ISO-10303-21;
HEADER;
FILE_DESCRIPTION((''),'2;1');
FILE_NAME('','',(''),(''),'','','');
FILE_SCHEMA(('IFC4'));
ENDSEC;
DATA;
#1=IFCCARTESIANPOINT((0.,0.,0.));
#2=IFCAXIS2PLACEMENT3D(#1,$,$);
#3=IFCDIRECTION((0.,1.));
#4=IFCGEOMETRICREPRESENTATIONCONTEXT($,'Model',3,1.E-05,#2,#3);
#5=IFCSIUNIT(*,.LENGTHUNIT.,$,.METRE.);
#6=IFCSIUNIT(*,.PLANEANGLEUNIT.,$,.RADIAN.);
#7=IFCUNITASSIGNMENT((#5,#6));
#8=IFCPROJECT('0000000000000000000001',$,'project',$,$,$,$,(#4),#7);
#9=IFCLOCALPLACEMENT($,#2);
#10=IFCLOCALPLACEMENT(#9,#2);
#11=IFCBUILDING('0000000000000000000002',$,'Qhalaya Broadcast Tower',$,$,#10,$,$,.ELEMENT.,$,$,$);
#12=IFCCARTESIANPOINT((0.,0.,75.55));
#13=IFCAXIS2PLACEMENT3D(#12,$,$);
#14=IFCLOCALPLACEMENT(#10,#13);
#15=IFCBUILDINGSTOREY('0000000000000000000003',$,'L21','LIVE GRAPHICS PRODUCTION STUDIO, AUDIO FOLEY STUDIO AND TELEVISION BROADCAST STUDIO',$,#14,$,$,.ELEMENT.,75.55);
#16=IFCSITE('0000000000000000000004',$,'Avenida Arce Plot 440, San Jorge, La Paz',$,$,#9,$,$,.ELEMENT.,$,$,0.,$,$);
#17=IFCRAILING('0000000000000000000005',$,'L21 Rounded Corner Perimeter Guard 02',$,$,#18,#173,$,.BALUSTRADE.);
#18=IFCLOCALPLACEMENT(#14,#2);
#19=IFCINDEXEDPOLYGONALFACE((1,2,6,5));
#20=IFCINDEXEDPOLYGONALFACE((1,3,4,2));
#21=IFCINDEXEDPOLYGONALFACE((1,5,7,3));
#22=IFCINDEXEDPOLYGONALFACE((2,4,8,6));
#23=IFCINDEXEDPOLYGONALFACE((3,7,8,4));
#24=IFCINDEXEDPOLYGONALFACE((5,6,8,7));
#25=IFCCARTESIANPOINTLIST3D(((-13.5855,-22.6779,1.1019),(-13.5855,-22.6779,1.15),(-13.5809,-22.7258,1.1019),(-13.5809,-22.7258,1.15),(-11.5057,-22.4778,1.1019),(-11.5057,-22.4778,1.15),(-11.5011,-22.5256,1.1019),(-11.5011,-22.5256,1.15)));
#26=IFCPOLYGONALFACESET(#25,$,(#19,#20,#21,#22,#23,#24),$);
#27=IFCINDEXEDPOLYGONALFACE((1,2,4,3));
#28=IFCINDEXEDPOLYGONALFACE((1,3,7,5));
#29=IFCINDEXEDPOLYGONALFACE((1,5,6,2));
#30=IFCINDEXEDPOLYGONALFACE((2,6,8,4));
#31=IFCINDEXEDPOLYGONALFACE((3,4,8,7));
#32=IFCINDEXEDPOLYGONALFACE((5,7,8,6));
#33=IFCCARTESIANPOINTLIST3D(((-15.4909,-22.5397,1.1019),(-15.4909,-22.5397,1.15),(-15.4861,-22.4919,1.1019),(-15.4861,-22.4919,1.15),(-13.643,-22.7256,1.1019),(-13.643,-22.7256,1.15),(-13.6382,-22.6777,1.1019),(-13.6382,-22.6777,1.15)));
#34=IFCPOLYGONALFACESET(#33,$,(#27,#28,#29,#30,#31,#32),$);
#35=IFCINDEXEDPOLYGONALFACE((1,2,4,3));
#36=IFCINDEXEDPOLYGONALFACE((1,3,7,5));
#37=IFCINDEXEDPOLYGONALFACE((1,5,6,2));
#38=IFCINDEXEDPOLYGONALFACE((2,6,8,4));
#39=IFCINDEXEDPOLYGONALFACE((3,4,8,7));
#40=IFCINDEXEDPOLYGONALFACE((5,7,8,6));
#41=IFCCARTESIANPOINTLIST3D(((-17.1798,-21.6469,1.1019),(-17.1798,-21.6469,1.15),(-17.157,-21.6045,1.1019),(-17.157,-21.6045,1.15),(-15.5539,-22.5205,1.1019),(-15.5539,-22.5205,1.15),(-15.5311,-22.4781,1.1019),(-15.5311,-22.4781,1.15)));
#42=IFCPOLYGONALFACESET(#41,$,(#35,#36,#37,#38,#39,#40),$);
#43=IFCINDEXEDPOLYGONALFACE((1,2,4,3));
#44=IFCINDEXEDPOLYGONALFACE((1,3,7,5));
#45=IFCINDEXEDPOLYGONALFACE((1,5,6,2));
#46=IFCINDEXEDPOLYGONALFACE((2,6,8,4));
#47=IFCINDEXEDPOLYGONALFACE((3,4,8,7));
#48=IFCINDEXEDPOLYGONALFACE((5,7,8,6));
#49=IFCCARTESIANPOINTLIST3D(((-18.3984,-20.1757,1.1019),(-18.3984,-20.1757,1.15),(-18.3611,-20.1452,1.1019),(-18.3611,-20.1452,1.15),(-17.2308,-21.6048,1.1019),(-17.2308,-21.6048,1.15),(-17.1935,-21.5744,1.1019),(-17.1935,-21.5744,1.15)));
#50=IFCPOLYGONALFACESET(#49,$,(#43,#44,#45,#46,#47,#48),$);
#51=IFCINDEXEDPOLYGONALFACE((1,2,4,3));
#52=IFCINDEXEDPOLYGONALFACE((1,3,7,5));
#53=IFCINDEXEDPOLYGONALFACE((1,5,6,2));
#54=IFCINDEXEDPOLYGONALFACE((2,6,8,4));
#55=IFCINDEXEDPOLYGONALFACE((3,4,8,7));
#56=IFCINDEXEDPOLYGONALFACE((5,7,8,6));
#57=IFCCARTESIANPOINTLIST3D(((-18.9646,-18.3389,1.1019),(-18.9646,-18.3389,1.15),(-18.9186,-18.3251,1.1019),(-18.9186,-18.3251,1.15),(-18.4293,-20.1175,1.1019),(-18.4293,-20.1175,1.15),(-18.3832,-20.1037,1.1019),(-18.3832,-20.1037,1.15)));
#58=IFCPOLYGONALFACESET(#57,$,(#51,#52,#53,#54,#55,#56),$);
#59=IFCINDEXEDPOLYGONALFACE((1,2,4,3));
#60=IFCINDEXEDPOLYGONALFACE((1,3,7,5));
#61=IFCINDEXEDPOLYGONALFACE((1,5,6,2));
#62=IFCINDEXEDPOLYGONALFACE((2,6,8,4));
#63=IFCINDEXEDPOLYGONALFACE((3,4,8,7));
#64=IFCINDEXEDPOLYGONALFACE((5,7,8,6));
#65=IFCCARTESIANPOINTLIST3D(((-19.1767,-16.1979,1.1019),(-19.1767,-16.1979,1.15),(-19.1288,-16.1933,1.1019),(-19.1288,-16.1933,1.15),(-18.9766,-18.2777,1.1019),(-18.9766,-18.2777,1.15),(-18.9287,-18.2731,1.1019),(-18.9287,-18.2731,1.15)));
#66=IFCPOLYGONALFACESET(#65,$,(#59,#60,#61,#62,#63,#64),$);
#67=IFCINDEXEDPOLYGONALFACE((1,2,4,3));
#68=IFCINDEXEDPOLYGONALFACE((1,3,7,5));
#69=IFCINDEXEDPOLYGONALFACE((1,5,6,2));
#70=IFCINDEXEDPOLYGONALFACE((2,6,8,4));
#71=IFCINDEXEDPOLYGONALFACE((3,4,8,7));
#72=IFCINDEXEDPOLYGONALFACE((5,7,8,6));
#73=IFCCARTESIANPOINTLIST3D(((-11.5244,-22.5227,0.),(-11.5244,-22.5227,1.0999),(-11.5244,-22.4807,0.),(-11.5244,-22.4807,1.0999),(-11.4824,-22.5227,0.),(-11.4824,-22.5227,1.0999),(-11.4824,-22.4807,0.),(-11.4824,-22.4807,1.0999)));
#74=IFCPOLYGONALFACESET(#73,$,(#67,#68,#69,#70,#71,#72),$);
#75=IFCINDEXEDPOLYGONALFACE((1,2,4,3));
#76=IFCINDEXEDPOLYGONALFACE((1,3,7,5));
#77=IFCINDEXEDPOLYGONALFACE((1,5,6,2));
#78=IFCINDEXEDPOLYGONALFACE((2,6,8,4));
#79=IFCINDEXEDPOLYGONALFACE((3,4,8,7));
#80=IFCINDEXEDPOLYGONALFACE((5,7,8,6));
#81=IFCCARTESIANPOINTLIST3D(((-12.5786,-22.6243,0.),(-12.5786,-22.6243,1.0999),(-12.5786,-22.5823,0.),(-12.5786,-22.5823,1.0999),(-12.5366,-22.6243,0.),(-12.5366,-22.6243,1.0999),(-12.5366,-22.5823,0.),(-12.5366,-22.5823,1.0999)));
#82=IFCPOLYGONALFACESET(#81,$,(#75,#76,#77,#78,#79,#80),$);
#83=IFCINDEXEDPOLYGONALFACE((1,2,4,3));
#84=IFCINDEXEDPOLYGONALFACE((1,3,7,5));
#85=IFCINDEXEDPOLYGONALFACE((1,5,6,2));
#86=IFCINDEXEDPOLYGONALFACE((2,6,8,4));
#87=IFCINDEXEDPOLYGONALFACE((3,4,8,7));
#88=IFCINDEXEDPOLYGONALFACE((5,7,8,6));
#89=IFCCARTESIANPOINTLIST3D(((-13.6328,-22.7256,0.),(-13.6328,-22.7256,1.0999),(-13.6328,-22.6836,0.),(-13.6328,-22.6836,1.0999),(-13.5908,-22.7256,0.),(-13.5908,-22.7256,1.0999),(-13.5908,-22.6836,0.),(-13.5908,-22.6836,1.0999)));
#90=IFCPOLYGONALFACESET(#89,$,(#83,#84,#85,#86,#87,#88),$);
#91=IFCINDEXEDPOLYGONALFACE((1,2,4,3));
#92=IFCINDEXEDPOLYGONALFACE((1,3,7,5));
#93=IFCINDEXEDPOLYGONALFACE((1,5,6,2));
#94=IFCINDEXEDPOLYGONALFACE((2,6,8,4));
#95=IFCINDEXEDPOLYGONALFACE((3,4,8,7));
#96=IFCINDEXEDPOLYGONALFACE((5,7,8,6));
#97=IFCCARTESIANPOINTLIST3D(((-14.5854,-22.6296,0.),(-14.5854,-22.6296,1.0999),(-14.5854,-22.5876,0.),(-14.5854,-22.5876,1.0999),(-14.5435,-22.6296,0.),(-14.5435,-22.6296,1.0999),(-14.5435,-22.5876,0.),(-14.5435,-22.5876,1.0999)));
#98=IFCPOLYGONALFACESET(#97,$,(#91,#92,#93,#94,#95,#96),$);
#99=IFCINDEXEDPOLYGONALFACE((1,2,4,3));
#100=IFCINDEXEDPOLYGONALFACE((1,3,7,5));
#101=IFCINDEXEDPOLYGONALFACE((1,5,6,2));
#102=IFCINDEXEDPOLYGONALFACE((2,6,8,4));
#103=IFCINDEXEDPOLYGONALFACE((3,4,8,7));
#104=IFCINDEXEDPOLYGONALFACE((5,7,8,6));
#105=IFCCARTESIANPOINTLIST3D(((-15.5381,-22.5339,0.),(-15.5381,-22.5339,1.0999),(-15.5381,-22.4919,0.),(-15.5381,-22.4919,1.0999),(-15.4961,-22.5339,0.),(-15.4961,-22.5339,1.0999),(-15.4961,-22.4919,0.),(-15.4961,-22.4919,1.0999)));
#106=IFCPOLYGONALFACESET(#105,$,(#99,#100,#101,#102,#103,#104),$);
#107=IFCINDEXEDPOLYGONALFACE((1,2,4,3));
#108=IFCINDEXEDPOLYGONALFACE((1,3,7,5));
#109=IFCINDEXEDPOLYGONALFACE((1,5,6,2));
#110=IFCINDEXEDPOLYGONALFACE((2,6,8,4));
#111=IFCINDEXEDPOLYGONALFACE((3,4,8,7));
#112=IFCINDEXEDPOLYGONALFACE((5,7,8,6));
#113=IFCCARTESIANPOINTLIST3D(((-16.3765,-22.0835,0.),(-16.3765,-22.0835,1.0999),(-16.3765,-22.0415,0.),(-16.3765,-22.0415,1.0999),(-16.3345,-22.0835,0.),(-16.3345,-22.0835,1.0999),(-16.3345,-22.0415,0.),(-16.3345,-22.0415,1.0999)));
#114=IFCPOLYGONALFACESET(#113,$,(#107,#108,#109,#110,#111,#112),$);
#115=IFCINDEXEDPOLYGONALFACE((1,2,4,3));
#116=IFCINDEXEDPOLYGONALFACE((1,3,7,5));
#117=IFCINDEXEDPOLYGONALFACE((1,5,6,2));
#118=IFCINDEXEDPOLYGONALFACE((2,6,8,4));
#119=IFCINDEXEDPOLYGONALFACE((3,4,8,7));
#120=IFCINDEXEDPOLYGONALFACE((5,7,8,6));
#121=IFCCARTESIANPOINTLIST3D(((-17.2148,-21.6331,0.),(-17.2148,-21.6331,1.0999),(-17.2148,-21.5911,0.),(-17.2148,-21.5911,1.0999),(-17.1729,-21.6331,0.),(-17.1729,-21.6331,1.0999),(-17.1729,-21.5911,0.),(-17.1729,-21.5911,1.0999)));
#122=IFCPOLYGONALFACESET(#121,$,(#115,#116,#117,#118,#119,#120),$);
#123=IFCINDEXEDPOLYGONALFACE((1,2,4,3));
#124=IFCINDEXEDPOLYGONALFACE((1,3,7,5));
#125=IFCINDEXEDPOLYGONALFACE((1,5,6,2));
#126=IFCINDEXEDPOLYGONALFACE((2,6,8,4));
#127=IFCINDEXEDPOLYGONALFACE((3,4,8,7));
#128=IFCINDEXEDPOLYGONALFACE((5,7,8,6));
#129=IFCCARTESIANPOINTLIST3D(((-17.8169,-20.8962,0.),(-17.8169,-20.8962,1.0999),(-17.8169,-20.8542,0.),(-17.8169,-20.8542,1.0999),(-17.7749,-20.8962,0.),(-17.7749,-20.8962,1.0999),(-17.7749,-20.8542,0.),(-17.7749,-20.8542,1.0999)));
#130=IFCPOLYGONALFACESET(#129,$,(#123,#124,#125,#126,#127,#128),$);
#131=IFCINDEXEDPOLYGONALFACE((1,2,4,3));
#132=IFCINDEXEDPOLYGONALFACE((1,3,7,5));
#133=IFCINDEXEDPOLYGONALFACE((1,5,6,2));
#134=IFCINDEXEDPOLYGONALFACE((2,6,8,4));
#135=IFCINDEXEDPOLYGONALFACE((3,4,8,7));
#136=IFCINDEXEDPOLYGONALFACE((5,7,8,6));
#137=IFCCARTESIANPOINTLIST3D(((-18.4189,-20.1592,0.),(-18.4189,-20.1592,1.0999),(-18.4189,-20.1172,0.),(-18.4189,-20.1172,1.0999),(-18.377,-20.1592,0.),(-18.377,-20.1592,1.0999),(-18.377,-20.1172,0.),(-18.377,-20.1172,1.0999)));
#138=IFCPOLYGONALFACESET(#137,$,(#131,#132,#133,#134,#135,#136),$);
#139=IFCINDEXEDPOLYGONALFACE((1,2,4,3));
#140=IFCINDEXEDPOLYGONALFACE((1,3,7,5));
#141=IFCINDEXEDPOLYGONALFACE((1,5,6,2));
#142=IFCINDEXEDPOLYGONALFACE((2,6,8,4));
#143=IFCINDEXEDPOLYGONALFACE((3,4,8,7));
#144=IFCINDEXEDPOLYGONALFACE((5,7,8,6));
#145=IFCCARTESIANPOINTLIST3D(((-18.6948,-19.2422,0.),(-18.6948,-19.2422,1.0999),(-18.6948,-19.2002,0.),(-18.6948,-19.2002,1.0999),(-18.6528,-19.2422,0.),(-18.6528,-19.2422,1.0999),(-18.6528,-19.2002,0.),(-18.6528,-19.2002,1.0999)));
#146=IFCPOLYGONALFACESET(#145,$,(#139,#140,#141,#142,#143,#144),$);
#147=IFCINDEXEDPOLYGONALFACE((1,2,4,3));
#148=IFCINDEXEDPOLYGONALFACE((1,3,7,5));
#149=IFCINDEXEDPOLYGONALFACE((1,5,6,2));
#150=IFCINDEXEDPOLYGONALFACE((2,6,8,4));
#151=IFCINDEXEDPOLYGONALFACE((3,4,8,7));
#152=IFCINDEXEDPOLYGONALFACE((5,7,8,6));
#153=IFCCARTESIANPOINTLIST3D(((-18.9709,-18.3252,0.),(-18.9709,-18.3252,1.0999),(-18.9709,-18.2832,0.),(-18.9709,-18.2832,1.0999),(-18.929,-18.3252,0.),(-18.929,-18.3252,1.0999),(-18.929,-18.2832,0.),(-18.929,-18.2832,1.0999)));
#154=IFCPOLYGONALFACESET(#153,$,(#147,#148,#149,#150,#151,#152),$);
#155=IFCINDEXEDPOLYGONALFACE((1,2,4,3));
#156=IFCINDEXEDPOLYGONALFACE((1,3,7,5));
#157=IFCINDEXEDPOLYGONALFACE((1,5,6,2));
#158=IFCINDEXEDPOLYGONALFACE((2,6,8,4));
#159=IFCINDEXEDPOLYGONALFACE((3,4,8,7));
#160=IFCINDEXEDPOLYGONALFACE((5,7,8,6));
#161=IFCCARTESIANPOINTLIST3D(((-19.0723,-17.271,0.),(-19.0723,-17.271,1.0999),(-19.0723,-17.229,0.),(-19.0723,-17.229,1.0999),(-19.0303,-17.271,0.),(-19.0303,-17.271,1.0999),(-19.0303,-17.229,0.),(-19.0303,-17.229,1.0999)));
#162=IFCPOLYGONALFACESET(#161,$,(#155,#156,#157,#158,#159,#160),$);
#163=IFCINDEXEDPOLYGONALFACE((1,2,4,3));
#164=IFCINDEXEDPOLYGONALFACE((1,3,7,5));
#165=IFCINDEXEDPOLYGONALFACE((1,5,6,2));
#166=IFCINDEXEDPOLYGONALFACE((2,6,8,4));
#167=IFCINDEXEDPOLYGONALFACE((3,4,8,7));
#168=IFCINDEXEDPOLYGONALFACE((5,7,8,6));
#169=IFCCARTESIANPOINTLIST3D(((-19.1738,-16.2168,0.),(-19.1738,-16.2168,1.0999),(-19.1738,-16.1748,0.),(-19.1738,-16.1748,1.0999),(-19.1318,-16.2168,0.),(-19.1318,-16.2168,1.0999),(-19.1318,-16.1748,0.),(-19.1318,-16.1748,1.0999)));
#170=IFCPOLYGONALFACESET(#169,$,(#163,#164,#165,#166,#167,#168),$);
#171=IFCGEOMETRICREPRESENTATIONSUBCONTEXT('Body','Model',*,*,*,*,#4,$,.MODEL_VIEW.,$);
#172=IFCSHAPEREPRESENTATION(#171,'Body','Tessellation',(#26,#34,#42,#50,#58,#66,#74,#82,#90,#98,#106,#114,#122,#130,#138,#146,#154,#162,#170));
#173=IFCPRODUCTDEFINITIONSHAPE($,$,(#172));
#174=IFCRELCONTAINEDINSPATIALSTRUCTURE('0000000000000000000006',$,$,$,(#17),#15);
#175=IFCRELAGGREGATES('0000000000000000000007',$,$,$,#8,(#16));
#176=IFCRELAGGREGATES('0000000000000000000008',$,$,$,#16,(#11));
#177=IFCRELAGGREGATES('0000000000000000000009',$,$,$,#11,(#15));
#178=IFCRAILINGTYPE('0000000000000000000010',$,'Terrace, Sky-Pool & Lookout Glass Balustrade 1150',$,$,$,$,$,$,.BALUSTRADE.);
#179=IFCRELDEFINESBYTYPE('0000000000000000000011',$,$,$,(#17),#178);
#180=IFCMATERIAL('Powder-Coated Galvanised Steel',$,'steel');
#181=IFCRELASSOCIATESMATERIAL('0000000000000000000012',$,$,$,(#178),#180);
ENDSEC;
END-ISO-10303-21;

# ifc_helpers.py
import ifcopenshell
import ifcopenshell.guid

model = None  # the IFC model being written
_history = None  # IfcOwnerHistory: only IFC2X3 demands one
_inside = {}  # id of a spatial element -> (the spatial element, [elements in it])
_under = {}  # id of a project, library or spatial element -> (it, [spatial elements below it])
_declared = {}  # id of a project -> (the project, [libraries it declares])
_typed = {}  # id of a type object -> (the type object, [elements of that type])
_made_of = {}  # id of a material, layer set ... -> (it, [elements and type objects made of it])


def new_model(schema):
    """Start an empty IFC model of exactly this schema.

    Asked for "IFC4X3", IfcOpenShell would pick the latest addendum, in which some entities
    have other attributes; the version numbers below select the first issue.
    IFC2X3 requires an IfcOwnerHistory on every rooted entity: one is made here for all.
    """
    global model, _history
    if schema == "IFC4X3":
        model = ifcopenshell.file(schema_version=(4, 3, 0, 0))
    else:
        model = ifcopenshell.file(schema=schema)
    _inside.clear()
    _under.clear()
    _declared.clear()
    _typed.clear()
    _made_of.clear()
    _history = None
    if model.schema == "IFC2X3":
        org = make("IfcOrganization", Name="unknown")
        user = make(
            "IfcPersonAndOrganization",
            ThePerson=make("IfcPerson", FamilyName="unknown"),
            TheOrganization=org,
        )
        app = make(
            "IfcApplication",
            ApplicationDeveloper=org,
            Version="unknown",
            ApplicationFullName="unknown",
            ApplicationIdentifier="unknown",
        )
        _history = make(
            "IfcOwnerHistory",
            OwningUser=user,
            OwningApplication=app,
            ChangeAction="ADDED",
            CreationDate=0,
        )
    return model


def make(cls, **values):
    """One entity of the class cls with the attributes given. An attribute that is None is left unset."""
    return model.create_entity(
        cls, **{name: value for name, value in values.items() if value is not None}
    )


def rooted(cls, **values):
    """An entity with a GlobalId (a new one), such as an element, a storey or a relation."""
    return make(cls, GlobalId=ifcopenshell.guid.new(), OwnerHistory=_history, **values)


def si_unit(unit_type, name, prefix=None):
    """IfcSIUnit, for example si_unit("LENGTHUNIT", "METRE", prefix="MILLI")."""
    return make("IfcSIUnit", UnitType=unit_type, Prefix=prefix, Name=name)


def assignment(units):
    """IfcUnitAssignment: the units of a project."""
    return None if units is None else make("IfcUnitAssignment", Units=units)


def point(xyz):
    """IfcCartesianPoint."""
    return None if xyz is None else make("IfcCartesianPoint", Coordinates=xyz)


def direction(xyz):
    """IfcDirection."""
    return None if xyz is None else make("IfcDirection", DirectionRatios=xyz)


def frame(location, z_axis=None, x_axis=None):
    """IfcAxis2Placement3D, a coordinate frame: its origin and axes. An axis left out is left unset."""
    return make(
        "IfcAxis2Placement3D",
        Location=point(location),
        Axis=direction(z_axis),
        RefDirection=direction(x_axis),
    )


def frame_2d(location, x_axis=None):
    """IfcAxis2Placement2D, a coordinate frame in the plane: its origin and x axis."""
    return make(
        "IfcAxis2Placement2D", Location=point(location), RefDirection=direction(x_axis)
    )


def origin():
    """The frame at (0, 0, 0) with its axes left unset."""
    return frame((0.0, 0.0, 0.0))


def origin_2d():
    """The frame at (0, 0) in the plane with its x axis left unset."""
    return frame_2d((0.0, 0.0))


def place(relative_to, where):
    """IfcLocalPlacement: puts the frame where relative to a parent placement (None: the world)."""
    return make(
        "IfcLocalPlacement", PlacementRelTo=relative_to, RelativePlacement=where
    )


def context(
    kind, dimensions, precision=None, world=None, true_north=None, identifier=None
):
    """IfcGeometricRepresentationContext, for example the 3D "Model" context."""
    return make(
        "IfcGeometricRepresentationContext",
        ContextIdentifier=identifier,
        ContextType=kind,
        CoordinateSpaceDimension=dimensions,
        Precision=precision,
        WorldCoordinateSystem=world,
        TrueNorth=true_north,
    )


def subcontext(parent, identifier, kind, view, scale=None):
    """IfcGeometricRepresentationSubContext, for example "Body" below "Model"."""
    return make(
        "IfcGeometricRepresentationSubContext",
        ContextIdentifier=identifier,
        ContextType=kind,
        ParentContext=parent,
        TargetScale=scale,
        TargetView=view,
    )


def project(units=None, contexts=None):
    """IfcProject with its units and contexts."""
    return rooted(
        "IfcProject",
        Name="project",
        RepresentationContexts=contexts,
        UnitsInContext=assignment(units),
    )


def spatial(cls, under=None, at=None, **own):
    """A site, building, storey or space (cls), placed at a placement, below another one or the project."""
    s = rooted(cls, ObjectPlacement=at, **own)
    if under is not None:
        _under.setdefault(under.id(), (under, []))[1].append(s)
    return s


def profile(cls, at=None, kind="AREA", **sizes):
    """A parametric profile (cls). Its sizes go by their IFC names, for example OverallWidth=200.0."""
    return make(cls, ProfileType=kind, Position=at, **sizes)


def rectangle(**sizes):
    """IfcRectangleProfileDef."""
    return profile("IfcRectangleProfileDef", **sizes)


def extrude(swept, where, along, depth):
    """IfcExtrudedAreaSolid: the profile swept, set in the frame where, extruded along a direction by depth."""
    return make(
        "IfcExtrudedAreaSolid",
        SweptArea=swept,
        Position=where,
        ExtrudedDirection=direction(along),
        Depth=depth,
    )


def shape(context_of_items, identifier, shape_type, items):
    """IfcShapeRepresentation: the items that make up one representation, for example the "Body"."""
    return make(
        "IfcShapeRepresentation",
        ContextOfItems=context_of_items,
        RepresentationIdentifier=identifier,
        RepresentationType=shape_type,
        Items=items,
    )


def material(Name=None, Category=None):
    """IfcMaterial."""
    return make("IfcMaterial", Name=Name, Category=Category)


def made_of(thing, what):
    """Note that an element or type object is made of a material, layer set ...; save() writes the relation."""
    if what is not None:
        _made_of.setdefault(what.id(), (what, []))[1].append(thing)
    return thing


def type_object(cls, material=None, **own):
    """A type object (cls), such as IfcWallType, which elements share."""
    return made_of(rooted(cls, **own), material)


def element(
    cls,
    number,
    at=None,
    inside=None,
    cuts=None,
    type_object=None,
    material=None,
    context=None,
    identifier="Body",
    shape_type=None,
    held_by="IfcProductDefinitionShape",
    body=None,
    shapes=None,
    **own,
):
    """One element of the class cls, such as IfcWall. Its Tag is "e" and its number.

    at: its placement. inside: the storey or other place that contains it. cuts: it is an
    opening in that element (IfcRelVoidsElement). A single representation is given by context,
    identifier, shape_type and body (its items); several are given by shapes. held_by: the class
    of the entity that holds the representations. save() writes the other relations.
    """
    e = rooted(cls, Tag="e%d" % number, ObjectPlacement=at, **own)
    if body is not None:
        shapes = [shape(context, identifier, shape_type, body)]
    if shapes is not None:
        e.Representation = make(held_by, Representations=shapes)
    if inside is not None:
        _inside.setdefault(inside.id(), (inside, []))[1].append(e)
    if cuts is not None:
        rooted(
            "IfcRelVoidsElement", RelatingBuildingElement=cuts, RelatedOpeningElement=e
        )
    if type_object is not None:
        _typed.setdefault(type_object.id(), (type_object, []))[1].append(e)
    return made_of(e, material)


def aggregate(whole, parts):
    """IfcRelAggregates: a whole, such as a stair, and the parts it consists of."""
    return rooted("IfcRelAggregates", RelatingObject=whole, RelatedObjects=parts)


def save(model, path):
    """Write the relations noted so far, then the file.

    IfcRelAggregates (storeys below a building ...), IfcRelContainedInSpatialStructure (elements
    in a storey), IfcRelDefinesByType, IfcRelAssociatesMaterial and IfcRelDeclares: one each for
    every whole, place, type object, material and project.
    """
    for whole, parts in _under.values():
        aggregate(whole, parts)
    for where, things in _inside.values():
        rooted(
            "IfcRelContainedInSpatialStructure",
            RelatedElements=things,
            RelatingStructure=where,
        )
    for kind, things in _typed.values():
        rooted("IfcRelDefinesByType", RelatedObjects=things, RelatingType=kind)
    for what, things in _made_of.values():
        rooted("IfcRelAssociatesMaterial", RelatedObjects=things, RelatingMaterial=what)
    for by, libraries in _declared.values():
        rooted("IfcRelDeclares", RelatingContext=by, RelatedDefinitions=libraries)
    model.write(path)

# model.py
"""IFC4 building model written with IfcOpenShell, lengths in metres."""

from ifc_helpers import new_model, si_unit, direction, frame, origin, origin_2d, place, context, subcontext, project, spatial, rectangle, extrude, material, type_object, element, save


model = new_model("IFC4")

# Units and contexts
model_context = context("Model", 3, precision=1e-05, world=origin(), true_north=direction((0.0, 1.0)))
body_context = subcontext(model_context, "Body", "Model", "MODEL_VIEW")
ifc_project = project(units=[si_unit("LENGTHUNIT", "METRE"), si_unit("PLANEANGLEUNIT", "RADIAN")], contexts=[model_context])

# Site, building, storey
site_placement = place(None, origin())
site = spatial("IfcSite", under=ifc_project, at=site_placement, Name="Avenida Arce Plot 440, San Jorge, La Paz", CompositionType="ELEMENT", RefElevation=0.0)
building_placement = place(site_placement, origin())
building = spatial("IfcBuilding", under=site, at=building_placement, Name="Qhalaya Broadcast Tower", CompositionType="ELEMENT")
storey_placement = place(building_placement, frame((0.0, 0.0, 75.55)))
storey = spatial("IfcBuildingStorey", under=building, at=storey_placement, Name="L21", Description="LIVE GRAPHICS PRODUCTION STUDIO, AUDIO FOLEY STUDIO AND TELEVISION BROADCAST STUDIO", CompositionType="ELEMENT", Elevation=75.55)

# Railing
ifc_material_1 = material(Name="Powder-Coated Galvanised Steel", Category="steel")
railing_type = type_object("IfcRailingType", Name="Terrace, Sky-Pool & Lookout Glass Balustrade 1150", PredefinedType="BALUSTRADE", material=ifc_material_1)
railing_placement = place(storey_placement, frame((-11.5034, -22.5017, 0.0)))
element("IfcRailing", 1, at=railing_placement, inside=storey, type_object=railing_type, Name="L21 Rounded Corner Perimeter Guard 02", PredefinedType="BALUSTRADE", context=body_context, shape_type="SweptSolid", body=[
    extrude(rectangle(XDim=0.0481, YDim=0.0481, at=origin_2d()), frame((0.0, 0.0, 1.126), z_axis=(-0.995402, -0.095783, 0.0), x_axis=(0.095783, -0.995402, 0.0)), (0.0, 0.0, 1.0), 2.0894),
    extrude(rectangle(XDim=0.0481, YDim=0.0481, at=origin_2d()), frame((-2.1372, -0.2, 1.126), z_axis=(-0.994979, 0.100084, 0.0), x_axis=(-0.100084, -0.994979, 0.0)), (0.0, 0.0, 1.0), 1.8572),
    extrude(rectangle(XDim=0.0481, YDim=0.0481, at=origin_2d()), frame((-4.0391, 0.0024, 1.126), z_axis=(-0.880907, 0.473289, 0.0), x_axis=(-0.473289, -0.880907, 0.0)), (0.0, 0.0, 1.0), 1.8457),
    extrude(rectangle(XDim=0.0481, YDim=0.0481, at=origin_2d()), frame((-5.7087, 0.9121, 1.126), z_axis=(-0.632672, 0.77442, 0.0), x_axis=(-0.77442, -0.632672, 0.0)), (0.0, 0.0, 1.0), 1.8455),
    extrude(rectangle(XDim=0.0481, YDim=0.0481, at=origin_2d()), frame((-6.9028, 2.3911, 1.126), z_axis=(-0.288213, 0.957566, 0.0), x_axis=(-0.957566, -0.288213, 0.0)), (0.0, 0.0, 1.0), 1.8574),
    extrude(rectangle(XDim=0.0481, YDim=0.0481, at=origin_2d()), frame((-7.4492, 4.2263, 1.126), z_axis=(-0.095783, 0.995402, 0.0), x_axis=(-0.995402, -0.095783, 0.0)), (0.0, 0.0, 1.0), 2.0894),
    extrude(rectangle(XDim=0.042, YDim=0.042, at=origin_2d()), origin(), (0.0, 0.0, 1.0), 1.0999),
    extrude(rectangle(XDim=0.042, YDim=0.042, at=origin_2d()), frame((-1.0542, -0.1016, 0.0)), (0.0, 0.0, 1.0), 1.0999),
    extrude(rectangle(XDim=0.042, YDim=0.042, at=origin_2d()), frame((-2.1084, -0.2029, 0.0)), (0.0, 0.0, 1.0), 1.0999),
    extrude(rectangle(XDim=0.042, YDim=0.042, at=origin_2d()), frame((-3.061, -0.1069, 0.0)), (0.0, 0.0, 1.0), 1.0999),
    extrude(rectangle(XDim=0.042, YDim=0.042, at=origin_2d()), frame((-4.0137, -0.0112, 0.0)), (0.0, 0.0, 1.0), 1.0999),
    extrude(rectangle(XDim=0.042, YDim=0.042, at=origin_2d()), frame((-4.8521, 0.4392, 0.0)), (0.0, 0.0, 1.0), 1.0999),
    extrude(rectangle(XDim=0.042, YDim=0.042, at=origin_2d()), frame((-5.6904, 0.8896, 0.0)), (0.0, 0.0, 1.0), 1.0999),
    extrude(rectangle(XDim=0.042, YDim=0.042, at=origin_2d()), frame((-6.2925, 1.6265, 0.0)), (0.0, 0.0, 1.0), 1.0999),
    extrude(rectangle(XDim=0.042, YDim=0.042, at=origin_2d()), frame((-6.8945, 2.3635, 0.0)), (0.0, 0.0, 1.0), 1.0999),
    extrude(rectangle(XDim=0.042, YDim=0.042, at=origin_2d()), frame((-7.1704, 3.2805, 0.0)), (0.0, 0.0, 1.0), 1.0999),
    extrude(rectangle(XDim=0.042, YDim=0.042, at=origin_2d()), frame((-7.4465, 4.1975, 0.0)), (0.0, 0.0, 1.0), 1.0999),
    extrude(rectangle(XDim=0.042, YDim=0.042, at=origin_2d()), frame((-7.5479, 5.2517, 0.0)), (0.0, 0.0, 1.0), 1.0999),
    extrude(rectangle(XDim=0.042, YDim=0.042, at=origin_2d()), frame((-7.6494, 6.3059, 0.0)), (0.0, 0.0, 1.0), 1.0999),
])

save(model, "model.ifc")
